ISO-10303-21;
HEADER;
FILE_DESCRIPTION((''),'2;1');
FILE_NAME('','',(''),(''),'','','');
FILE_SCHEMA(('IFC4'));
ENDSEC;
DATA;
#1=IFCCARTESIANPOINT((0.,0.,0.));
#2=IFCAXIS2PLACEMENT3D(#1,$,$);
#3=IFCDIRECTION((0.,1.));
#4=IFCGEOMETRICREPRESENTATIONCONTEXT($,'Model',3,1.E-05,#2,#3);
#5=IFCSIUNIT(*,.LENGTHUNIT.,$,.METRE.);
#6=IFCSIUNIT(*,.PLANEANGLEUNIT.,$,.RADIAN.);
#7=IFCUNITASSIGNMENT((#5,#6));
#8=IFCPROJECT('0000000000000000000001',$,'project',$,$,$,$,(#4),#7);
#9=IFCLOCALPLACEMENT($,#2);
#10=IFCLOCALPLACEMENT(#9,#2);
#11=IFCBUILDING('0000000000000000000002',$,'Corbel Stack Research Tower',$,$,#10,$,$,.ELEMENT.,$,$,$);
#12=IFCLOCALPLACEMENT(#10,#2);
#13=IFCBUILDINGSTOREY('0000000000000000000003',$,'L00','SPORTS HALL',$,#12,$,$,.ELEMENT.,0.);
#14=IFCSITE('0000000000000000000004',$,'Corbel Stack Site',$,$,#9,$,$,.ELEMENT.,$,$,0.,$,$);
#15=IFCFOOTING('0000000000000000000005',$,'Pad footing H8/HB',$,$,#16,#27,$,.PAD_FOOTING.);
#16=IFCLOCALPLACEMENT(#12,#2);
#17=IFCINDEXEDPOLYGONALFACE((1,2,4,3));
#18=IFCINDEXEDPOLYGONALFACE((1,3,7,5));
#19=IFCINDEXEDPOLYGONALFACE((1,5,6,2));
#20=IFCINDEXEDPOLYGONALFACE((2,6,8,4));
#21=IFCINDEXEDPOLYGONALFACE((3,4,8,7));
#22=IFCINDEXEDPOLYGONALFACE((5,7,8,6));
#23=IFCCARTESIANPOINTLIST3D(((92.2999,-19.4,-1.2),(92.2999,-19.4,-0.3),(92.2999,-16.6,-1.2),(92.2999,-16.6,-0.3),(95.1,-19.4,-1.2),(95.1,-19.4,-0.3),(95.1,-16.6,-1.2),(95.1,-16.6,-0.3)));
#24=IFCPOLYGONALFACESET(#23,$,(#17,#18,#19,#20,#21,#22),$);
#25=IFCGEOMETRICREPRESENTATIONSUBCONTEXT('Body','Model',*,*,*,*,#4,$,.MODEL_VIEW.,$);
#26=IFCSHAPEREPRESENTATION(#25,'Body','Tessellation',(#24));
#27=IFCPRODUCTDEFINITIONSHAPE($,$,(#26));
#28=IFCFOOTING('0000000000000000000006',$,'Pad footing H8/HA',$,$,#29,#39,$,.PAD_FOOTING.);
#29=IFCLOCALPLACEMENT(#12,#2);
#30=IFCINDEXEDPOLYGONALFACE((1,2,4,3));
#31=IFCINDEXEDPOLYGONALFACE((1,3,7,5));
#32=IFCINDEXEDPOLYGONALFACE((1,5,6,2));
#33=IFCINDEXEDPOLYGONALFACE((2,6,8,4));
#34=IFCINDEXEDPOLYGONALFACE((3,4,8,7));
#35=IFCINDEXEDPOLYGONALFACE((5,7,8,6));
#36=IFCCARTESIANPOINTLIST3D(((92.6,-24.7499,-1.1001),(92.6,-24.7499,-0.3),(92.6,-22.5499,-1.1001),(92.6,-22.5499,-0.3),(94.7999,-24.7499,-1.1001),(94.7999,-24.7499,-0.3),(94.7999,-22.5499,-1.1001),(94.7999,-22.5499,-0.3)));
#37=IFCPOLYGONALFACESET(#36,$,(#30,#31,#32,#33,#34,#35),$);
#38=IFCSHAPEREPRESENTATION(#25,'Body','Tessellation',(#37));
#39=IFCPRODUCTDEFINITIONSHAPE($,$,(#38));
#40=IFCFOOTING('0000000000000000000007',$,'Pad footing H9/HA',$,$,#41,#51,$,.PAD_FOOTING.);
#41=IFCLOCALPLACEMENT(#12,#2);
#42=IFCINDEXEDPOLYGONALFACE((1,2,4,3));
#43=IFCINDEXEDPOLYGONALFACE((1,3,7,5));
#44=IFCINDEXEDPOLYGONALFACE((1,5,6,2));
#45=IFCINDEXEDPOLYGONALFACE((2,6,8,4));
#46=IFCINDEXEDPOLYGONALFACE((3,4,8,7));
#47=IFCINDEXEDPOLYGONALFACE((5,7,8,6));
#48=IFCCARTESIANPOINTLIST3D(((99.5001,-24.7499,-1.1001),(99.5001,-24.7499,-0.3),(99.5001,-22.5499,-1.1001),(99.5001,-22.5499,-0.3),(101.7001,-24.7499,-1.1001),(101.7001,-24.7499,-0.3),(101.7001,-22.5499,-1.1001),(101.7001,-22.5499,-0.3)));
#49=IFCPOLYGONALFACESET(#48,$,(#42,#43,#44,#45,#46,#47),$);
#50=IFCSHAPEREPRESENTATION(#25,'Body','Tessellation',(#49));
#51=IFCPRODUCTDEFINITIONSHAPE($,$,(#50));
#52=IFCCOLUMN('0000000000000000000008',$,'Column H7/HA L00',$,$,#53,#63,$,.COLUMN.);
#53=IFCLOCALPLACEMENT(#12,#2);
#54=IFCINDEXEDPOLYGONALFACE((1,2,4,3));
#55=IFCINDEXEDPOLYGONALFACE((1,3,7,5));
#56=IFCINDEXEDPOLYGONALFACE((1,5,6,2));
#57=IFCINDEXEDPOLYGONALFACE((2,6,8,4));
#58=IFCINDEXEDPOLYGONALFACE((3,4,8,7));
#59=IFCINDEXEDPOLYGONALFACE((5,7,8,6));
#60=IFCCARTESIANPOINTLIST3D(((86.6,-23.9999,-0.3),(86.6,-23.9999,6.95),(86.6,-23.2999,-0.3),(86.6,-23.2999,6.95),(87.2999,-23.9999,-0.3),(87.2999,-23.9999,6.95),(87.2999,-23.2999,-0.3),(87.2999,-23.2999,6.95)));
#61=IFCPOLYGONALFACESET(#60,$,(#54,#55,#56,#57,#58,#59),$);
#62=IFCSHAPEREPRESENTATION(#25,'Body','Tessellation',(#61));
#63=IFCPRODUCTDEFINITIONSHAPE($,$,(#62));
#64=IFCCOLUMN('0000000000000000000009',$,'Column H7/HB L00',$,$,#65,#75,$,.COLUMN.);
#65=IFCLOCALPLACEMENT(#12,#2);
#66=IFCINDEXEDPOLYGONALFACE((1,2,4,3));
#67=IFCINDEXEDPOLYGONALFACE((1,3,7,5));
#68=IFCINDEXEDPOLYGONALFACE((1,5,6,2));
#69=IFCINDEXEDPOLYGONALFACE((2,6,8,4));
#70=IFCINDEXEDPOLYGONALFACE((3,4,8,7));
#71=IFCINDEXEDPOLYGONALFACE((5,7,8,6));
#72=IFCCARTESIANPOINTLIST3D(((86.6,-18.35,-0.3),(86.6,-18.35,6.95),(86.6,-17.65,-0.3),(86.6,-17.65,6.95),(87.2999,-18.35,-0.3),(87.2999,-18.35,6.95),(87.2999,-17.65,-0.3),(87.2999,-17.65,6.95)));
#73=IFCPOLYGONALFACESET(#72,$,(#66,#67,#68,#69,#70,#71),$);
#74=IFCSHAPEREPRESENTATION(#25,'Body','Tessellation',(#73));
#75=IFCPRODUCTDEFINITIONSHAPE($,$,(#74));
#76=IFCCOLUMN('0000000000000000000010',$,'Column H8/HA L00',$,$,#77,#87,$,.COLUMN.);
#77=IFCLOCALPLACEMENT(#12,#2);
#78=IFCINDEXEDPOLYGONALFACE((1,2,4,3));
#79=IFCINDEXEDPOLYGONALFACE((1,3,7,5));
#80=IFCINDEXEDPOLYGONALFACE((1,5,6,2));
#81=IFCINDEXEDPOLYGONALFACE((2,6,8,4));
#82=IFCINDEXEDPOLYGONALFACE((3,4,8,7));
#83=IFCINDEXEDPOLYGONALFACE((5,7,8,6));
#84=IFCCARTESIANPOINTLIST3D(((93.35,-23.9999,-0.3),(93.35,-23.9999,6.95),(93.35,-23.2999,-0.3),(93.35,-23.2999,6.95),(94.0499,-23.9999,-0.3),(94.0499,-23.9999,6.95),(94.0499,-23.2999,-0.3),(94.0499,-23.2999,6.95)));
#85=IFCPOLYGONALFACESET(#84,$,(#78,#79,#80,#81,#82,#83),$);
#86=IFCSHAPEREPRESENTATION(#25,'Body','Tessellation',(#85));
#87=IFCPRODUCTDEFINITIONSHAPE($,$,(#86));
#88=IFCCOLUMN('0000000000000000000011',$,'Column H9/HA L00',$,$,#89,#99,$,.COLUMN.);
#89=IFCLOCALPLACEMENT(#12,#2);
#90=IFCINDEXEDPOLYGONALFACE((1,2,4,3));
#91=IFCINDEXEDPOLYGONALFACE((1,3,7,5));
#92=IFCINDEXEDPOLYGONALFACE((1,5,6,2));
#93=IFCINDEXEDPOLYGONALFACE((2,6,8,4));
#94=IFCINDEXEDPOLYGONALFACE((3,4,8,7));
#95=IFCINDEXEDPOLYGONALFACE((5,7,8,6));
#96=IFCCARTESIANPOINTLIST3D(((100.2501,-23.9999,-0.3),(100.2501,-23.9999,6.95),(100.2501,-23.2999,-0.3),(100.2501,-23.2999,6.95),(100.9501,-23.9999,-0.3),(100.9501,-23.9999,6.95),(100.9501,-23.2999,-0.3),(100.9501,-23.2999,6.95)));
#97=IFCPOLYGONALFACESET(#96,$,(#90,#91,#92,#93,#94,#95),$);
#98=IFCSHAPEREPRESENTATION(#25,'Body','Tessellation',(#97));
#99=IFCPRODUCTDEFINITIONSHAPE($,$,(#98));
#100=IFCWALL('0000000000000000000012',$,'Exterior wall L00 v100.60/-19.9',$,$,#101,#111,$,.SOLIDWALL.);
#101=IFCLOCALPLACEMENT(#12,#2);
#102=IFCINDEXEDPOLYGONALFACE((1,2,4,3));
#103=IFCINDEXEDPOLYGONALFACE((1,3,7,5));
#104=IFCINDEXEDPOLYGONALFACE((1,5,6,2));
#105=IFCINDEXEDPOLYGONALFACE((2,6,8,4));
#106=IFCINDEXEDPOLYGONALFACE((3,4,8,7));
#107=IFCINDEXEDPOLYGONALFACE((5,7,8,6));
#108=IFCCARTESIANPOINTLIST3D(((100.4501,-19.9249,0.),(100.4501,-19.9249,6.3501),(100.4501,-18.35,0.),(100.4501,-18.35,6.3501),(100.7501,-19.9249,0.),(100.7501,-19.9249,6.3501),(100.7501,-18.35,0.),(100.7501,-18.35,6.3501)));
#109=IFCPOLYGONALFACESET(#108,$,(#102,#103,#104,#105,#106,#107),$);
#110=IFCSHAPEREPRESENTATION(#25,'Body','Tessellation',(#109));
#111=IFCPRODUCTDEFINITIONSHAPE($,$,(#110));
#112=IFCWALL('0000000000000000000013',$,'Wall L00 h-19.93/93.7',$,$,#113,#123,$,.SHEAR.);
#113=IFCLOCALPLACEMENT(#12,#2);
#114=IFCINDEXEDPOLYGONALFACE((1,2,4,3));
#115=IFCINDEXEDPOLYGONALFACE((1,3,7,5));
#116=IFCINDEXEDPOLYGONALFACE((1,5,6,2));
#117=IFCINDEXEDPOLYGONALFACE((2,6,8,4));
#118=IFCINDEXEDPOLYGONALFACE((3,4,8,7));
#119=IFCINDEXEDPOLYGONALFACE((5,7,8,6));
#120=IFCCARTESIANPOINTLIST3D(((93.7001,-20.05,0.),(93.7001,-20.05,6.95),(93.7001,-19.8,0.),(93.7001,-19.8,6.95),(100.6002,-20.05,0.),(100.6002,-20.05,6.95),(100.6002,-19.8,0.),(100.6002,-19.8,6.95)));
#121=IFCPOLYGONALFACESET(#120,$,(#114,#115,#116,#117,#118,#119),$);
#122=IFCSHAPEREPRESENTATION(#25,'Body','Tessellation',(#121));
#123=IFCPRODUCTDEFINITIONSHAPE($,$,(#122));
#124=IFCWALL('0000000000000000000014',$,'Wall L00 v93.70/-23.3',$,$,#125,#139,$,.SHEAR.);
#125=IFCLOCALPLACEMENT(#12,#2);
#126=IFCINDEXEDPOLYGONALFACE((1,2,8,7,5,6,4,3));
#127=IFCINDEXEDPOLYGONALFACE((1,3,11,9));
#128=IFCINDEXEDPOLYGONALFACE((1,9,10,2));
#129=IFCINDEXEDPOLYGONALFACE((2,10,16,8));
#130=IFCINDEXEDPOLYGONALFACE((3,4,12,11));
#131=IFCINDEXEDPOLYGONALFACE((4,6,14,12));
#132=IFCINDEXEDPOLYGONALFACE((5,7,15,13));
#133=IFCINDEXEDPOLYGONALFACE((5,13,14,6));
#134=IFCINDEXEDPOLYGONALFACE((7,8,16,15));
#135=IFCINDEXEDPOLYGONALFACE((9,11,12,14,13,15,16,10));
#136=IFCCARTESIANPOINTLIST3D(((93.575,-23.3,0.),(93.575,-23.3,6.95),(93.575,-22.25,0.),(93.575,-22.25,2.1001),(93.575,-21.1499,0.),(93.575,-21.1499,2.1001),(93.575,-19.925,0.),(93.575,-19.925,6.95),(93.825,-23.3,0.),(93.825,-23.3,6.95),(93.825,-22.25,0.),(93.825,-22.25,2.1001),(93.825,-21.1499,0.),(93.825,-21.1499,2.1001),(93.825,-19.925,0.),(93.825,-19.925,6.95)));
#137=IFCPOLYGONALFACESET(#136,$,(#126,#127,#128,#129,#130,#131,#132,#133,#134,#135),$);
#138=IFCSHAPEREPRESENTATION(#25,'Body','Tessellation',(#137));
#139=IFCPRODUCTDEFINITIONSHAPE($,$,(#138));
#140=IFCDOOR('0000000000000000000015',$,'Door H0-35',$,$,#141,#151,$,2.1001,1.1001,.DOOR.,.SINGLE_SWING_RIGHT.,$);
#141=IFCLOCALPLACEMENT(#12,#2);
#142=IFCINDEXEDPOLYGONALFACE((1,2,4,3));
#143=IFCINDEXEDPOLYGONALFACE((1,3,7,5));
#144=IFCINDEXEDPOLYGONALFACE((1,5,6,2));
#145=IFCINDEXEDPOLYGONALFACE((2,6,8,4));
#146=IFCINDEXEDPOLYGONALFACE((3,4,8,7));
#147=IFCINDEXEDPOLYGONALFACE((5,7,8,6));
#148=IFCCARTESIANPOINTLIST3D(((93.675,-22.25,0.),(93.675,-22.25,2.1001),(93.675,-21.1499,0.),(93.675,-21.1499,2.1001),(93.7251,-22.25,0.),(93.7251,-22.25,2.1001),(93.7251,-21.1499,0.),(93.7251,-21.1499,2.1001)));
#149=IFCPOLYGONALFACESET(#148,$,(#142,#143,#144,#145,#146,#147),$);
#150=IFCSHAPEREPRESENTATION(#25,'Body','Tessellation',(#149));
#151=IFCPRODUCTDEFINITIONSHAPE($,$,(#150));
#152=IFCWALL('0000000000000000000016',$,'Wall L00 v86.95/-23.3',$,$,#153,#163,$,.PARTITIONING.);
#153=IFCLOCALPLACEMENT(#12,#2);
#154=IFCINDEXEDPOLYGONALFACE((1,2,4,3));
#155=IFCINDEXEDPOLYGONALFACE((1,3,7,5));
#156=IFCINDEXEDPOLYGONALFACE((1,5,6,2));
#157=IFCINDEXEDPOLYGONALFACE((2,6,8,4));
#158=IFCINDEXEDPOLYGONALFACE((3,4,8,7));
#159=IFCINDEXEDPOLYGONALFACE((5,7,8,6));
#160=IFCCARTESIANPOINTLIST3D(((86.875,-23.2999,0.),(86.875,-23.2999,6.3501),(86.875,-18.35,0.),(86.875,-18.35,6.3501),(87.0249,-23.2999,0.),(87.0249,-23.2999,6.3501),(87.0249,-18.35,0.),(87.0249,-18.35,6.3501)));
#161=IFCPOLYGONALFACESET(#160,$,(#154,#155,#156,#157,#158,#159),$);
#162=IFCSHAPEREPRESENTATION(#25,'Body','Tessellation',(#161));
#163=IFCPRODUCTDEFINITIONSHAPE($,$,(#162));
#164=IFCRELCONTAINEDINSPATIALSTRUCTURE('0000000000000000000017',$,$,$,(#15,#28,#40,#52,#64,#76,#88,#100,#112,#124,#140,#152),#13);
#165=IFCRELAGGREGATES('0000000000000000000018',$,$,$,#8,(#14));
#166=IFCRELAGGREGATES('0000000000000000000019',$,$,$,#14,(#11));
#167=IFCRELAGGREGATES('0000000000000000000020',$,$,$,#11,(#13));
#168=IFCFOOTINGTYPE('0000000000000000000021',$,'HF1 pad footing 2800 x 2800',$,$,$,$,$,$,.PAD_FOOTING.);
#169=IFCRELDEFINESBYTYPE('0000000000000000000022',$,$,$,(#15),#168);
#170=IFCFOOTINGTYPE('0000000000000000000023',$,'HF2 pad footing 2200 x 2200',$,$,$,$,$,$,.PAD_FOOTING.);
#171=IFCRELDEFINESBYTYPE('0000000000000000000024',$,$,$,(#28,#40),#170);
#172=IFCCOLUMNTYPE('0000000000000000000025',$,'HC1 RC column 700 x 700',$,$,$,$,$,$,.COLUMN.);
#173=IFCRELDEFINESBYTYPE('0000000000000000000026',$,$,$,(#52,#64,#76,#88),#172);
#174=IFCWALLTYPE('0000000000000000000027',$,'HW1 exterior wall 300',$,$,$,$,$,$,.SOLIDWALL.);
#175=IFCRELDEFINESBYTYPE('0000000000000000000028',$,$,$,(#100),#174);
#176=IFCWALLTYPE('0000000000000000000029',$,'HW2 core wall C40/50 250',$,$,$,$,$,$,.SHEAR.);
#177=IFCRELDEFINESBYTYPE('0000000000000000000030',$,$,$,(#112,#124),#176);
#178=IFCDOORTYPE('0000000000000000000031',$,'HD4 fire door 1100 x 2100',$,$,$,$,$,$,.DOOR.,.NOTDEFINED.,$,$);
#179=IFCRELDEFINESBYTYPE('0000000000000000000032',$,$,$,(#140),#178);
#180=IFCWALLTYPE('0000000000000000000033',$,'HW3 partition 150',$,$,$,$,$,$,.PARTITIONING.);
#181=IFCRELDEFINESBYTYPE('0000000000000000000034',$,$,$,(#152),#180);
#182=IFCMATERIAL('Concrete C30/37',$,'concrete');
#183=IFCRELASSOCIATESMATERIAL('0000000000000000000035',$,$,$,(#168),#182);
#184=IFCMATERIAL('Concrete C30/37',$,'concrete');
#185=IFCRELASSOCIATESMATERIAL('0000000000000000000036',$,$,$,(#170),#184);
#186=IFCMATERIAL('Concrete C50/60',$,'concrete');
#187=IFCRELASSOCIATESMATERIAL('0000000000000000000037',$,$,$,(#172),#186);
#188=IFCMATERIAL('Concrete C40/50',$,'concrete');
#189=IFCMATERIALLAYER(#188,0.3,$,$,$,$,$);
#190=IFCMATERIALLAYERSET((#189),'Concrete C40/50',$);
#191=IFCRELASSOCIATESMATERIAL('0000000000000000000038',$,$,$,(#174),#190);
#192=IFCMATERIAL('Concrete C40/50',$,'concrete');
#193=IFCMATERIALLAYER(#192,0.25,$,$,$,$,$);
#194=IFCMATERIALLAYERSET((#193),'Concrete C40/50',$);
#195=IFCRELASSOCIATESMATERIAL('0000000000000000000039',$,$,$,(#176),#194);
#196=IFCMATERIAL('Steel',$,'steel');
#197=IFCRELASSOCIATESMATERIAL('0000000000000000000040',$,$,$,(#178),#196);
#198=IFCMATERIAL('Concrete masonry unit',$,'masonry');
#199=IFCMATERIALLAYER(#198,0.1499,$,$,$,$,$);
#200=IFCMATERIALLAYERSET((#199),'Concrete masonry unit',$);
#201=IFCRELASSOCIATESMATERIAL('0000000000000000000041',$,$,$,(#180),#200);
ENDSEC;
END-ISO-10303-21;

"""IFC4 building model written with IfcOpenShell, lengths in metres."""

from ifc_helpers import new_model, si_unit, direction, frame, frame_2d, origin, origin_2d, place, context, subcontext, project, spatial, rectangle, extrude, material, layer, layer_set, material_profile, profile_set, type_object, element, fill, save


model = new_model("IFC4")

# Units and contexts
model_context = context("Model", 3, precision=1e-05, world=origin(), true_north=direction((0.0, 1.0)))
body_context = subcontext(model_context, "Body", "Model", "MODEL_VIEW")
ifc_project = project(units=[si_unit("LENGTHUNIT", "METRE"), si_unit("PLANEANGLEUNIT", "RADIAN")], contexts=[model_context])

# Site, building, storey
site_placement = place(None, origin())
site = spatial("IfcSite", under=ifc_project, at=site_placement, Name="Corbel Stack Site", CompositionType="ELEMENT", RefElevation=0.0)
building_placement = place(site_placement, origin())
building = spatial("IfcBuilding", under=site, at=building_placement, Name="Corbel Stack Research Tower", CompositionType="ELEMENT")
storey_placement = place(building_placement, origin())
storey = spatial("IfcBuildingStorey", under=building, at=storey_placement, Name="L00", Description="SPORTS HALL", CompositionType="ELEMENT", Elevation=0.0)

# Footings
ifc_material_1 = material(Name="Concrete C30/37", Category="concrete")
footing_type_1 = type_object("IfcFootingType", Name="HF1 pad footing 2800 x 2800", PredefinedType="PAD_FOOTING", material=ifc_material_1)
footing_placement = place(storey_placement, frame((93.7, -18.0, -1.2), z_axis=(0.0, 0.0, 1.0), x_axis=(1.0, 0.0, 0.0)))
element("IfcFooting", 1, at=footing_placement, inside=storey, type_object=footing_type_1, Name="Pad footing H8/HB", PredefinedType="PAD_FOOTING", context=body_context, shape_type="SweptSolid", body=[
    extrude(rectangle(XDim=2.8, YDim=2.8, at=origin_2d()), origin(), (0.0, 0.0, 1.0), 0.8999),
])
ifc_material_2 = material(Name="Concrete C30/37", Category="concrete")
footing_type_2 = type_object("IfcFootingType", Name="HF2 pad footing 2200 x 2200", PredefinedType="PAD_FOOTING", material=ifc_material_2)
for number, where, z_axis, x_axis, name in (
    (2, (93.7, -23.6499, -1.1001), (0.0, 0.0, 1.0), (1.0, 0.0, 0.0), "Pad footing H8/HA"),
    (3, (100.6001, -23.6499, -1.1001), (0.0, 0.0, 1.0), (1.0, 0.0, 0.0), "Pad footing H9/HA"),
):
    element("IfcFooting", number, at=place(storey_placement, frame(where, z_axis=z_axis, x_axis=x_axis)), inside=storey, type_object=footing_type_2, Name=name, PredefinedType="PAD_FOOTING", context=body_context, shape_type="SweptSolid", body=[
        extrude(rectangle(XDim=2.2, YDim=2.2, at=origin_2d()), origin(), (0.0, 0.0, 1.0), 0.8),
    ])

# Columns
ifc_material_3 = material(Name="Concrete C50/60", Category="concrete")
ifc_material_profile = material_profile(ifc_material_3, rectangle(XDim=0.7, YDim=0.7, at=origin_2d()), Name="RC 700 x 700")
ifc_profile_set = profile_set([ifc_material_profile], Name="Concrete C50/60")
column_type = type_object("IfcColumnType", Name="HC1 RC column 700 x 700", PredefinedType="COLUMN", material=ifc_profile_set)
for number, where, z_axis, x_axis, name in (
    (4, (86.95, -23.6499, -0.3), (0.0, 0.0, 1.0), (1.0, 0.0, 0.0), "Column H7/HA L00"),
    (5, (86.95, -18.0, -0.3), (0.0, 0.0, 1.0), (1.0, 0.0, 0.0), "Column H7/HB L00"),
    (6, (93.7, -23.6499, -0.3), (0.0, 0.0, 1.0), (1.0, 0.0, 0.0), "Column H8/HA L00"),
    (7, (100.6001, -23.6499, -0.3), (0.0, 0.0, 1.0), (1.0, 0.0, 0.0), "Column H9/HA L00"),
):
    element("IfcColumn", number, at=place(storey_placement, frame(where, z_axis=z_axis, x_axis=x_axis)), inside=storey, type_object=column_type, Name=name, PredefinedType="COLUMN", context=body_context, shape_type="SweptSolid", body=[
        extrude(rectangle(XDim=0.7, YDim=0.7, at=origin_2d()), origin(), (0.0, 0.0, 1.0), 7.25),
    ])

# Shared definitions
ifc_material_4 = material(Name="Concrete C40/50", Category="concrete")
ifc_layer_1 = layer(ifc_material_4, 0.3)
ifc_layer_set_1 = layer_set([ifc_layer_1], Name="Concrete C40/50")
wall_type_1 = type_object("IfcWallType", Name="HW1 exterior wall 300", PredefinedType="SOLIDWALL", material=ifc_layer_set_1)

# Walls
wall_1_placement = place(storey_placement, frame((100.6001, -19.925, 0.0), z_axis=(0.0, 0.0, 1.0), x_axis=(0.0, 1.0, 0.0)))
element("IfcWall", 8, at=wall_1_placement, inside=storey, type_object=wall_type_1, Name="Exterior wall L00 v100.60/-19.9", PredefinedType="SOLIDWALL", context=body_context, shape_type="SweptSolid", body=[
    extrude(rectangle(XDim=1.575, YDim=0.3, at=frame_2d((0.7876, 0.0))), origin(), (0.0, 0.0, 1.0), 6.3501),
])
ifc_material_5 = material(Name="Concrete C40/50", Category="concrete")
ifc_layer_2 = layer(ifc_material_5, 0.25)
ifc_layer_set_2 = layer_set([ifc_layer_2], Name="Concrete C40/50")
wall_type_2 = type_object("IfcWallType", Name="HW2 core wall C40/50 250", PredefinedType="SHEAR", material=ifc_layer_set_2)
wall_2_placement = place(storey_placement, frame((93.7, -19.925, 0.0), z_axis=(0.0, 0.0, 1.0), x_axis=(1.0, 0.0, 0.0)))
element("IfcWall", 9, at=wall_2_placement, inside=storey, type_object=wall_type_2, Name="Wall L00 h-19.93/93.7", PredefinedType="SHEAR", context=body_context, shape_type="SweptSolid", body=[
    extrude(rectangle(XDim=6.9001, YDim=0.25, at=frame_2d((3.4502, 0.0))), origin(), (0.0, 0.0, 1.0), 6.95),
])

# Wall, opening, door
wall_3_placement = place(storey_placement, frame((93.7, -23.3, 0.0), z_axis=(0.0, 0.0, 1.0), x_axis=(0.0, 1.0, 0.0)))
wall_3 = element("IfcWall", 10, at=wall_3_placement, inside=storey, type_object=wall_type_2, Name="Wall L00 v93.70/-23.3", PredefinedType="SHEAR", context=body_context, shape_type="SweptSolid", body=[
    extrude(rectangle(XDim=3.375, YDim=0.25, at=frame_2d((1.6875, 0.0))), origin(), (0.0, 0.0, 1.0), 6.95),
])
opening_1_placement = place(wall_3_placement, frame((1.05, 0.0, 0.0)))
opening_1 = element("IfcOpeningElement", 11, at=opening_1_placement, cuts=wall_3, PredefinedType="OPENING", context=body_context, shape_type="SweptSolid", body=[
    extrude(rectangle(XDim=1.1001, YDim=2.1001, at=frame_2d((0.55, 1.05))), frame((0.0, 0.135, 0.0), z_axis=(0.0, -1.0, 0.0), x_axis=(1.0, 0.0, 0.0)), (0.0, 0.0, 1.0), 0.27),
])
ifc_material_6 = material(Name="Steel", Category="steel")
door_type_1 = type_object("IfcDoorType", Name="HD4 fire door 1100 x 2100", OperationType="NOTDEFINED", PredefinedType="DOOR", material=ifc_material_6)
door_1_placement = place(opening_1_placement, origin())
door_1 = element("IfcDoor", 12, at=door_1_placement, inside=storey, type_object=door_type_1, Name="Door H0-35", OperationType="SINGLE_SWING_RIGHT", OverallHeight=2.1001, OverallWidth=1.1001, PredefinedType="DOOR", context=body_context, shape_type="SweptSolid", body=[
    extrude(rectangle(XDim=1.1001, YDim=2.1001, at=frame_2d((0.55, 1.05))), frame((0.0, 0.0249, 0.0), z_axis=(0.0, -1.0, 0.0), x_axis=(1.0, 0.0, 0.0)), (0.0, 0.0, 1.0), 0.05),
])
fill(opening_1, door_1)

# Wall
ifc_material_7 = material(Name="Concrete masonry unit", Category="masonry")
ifc_layer_3 = layer(ifc_material_7, 0.1499)
ifc_layer_set_3 = layer_set([ifc_layer_3], Name="Concrete masonry unit")
wall_type_3 = type_object("IfcWallType", Name="HW3 partition 150", PredefinedType="PARTITIONING", material=ifc_layer_set_3)
wall_4_placement = place(storey_placement, frame((86.95, -23.3, 0.0), z_axis=(0.0, 0.0, 1.0), x_axis=(0.0, 1.0, 0.0)))
element("IfcWall", 13, at=wall_4_placement, inside=storey, type_object=wall_type_3, Name="Wall L00 v86.95/-23.3", PredefinedType="PARTITIONING", context=body_context, shape_type="SweptSolid", body=[
    extrude(rectangle(XDim=4.95, YDim=0.1499, at=frame_2d((2.4751, 0.0))), origin(), (0.0, 0.0, 1.0), 6.3501),
])

save(model, "model.ifc")
